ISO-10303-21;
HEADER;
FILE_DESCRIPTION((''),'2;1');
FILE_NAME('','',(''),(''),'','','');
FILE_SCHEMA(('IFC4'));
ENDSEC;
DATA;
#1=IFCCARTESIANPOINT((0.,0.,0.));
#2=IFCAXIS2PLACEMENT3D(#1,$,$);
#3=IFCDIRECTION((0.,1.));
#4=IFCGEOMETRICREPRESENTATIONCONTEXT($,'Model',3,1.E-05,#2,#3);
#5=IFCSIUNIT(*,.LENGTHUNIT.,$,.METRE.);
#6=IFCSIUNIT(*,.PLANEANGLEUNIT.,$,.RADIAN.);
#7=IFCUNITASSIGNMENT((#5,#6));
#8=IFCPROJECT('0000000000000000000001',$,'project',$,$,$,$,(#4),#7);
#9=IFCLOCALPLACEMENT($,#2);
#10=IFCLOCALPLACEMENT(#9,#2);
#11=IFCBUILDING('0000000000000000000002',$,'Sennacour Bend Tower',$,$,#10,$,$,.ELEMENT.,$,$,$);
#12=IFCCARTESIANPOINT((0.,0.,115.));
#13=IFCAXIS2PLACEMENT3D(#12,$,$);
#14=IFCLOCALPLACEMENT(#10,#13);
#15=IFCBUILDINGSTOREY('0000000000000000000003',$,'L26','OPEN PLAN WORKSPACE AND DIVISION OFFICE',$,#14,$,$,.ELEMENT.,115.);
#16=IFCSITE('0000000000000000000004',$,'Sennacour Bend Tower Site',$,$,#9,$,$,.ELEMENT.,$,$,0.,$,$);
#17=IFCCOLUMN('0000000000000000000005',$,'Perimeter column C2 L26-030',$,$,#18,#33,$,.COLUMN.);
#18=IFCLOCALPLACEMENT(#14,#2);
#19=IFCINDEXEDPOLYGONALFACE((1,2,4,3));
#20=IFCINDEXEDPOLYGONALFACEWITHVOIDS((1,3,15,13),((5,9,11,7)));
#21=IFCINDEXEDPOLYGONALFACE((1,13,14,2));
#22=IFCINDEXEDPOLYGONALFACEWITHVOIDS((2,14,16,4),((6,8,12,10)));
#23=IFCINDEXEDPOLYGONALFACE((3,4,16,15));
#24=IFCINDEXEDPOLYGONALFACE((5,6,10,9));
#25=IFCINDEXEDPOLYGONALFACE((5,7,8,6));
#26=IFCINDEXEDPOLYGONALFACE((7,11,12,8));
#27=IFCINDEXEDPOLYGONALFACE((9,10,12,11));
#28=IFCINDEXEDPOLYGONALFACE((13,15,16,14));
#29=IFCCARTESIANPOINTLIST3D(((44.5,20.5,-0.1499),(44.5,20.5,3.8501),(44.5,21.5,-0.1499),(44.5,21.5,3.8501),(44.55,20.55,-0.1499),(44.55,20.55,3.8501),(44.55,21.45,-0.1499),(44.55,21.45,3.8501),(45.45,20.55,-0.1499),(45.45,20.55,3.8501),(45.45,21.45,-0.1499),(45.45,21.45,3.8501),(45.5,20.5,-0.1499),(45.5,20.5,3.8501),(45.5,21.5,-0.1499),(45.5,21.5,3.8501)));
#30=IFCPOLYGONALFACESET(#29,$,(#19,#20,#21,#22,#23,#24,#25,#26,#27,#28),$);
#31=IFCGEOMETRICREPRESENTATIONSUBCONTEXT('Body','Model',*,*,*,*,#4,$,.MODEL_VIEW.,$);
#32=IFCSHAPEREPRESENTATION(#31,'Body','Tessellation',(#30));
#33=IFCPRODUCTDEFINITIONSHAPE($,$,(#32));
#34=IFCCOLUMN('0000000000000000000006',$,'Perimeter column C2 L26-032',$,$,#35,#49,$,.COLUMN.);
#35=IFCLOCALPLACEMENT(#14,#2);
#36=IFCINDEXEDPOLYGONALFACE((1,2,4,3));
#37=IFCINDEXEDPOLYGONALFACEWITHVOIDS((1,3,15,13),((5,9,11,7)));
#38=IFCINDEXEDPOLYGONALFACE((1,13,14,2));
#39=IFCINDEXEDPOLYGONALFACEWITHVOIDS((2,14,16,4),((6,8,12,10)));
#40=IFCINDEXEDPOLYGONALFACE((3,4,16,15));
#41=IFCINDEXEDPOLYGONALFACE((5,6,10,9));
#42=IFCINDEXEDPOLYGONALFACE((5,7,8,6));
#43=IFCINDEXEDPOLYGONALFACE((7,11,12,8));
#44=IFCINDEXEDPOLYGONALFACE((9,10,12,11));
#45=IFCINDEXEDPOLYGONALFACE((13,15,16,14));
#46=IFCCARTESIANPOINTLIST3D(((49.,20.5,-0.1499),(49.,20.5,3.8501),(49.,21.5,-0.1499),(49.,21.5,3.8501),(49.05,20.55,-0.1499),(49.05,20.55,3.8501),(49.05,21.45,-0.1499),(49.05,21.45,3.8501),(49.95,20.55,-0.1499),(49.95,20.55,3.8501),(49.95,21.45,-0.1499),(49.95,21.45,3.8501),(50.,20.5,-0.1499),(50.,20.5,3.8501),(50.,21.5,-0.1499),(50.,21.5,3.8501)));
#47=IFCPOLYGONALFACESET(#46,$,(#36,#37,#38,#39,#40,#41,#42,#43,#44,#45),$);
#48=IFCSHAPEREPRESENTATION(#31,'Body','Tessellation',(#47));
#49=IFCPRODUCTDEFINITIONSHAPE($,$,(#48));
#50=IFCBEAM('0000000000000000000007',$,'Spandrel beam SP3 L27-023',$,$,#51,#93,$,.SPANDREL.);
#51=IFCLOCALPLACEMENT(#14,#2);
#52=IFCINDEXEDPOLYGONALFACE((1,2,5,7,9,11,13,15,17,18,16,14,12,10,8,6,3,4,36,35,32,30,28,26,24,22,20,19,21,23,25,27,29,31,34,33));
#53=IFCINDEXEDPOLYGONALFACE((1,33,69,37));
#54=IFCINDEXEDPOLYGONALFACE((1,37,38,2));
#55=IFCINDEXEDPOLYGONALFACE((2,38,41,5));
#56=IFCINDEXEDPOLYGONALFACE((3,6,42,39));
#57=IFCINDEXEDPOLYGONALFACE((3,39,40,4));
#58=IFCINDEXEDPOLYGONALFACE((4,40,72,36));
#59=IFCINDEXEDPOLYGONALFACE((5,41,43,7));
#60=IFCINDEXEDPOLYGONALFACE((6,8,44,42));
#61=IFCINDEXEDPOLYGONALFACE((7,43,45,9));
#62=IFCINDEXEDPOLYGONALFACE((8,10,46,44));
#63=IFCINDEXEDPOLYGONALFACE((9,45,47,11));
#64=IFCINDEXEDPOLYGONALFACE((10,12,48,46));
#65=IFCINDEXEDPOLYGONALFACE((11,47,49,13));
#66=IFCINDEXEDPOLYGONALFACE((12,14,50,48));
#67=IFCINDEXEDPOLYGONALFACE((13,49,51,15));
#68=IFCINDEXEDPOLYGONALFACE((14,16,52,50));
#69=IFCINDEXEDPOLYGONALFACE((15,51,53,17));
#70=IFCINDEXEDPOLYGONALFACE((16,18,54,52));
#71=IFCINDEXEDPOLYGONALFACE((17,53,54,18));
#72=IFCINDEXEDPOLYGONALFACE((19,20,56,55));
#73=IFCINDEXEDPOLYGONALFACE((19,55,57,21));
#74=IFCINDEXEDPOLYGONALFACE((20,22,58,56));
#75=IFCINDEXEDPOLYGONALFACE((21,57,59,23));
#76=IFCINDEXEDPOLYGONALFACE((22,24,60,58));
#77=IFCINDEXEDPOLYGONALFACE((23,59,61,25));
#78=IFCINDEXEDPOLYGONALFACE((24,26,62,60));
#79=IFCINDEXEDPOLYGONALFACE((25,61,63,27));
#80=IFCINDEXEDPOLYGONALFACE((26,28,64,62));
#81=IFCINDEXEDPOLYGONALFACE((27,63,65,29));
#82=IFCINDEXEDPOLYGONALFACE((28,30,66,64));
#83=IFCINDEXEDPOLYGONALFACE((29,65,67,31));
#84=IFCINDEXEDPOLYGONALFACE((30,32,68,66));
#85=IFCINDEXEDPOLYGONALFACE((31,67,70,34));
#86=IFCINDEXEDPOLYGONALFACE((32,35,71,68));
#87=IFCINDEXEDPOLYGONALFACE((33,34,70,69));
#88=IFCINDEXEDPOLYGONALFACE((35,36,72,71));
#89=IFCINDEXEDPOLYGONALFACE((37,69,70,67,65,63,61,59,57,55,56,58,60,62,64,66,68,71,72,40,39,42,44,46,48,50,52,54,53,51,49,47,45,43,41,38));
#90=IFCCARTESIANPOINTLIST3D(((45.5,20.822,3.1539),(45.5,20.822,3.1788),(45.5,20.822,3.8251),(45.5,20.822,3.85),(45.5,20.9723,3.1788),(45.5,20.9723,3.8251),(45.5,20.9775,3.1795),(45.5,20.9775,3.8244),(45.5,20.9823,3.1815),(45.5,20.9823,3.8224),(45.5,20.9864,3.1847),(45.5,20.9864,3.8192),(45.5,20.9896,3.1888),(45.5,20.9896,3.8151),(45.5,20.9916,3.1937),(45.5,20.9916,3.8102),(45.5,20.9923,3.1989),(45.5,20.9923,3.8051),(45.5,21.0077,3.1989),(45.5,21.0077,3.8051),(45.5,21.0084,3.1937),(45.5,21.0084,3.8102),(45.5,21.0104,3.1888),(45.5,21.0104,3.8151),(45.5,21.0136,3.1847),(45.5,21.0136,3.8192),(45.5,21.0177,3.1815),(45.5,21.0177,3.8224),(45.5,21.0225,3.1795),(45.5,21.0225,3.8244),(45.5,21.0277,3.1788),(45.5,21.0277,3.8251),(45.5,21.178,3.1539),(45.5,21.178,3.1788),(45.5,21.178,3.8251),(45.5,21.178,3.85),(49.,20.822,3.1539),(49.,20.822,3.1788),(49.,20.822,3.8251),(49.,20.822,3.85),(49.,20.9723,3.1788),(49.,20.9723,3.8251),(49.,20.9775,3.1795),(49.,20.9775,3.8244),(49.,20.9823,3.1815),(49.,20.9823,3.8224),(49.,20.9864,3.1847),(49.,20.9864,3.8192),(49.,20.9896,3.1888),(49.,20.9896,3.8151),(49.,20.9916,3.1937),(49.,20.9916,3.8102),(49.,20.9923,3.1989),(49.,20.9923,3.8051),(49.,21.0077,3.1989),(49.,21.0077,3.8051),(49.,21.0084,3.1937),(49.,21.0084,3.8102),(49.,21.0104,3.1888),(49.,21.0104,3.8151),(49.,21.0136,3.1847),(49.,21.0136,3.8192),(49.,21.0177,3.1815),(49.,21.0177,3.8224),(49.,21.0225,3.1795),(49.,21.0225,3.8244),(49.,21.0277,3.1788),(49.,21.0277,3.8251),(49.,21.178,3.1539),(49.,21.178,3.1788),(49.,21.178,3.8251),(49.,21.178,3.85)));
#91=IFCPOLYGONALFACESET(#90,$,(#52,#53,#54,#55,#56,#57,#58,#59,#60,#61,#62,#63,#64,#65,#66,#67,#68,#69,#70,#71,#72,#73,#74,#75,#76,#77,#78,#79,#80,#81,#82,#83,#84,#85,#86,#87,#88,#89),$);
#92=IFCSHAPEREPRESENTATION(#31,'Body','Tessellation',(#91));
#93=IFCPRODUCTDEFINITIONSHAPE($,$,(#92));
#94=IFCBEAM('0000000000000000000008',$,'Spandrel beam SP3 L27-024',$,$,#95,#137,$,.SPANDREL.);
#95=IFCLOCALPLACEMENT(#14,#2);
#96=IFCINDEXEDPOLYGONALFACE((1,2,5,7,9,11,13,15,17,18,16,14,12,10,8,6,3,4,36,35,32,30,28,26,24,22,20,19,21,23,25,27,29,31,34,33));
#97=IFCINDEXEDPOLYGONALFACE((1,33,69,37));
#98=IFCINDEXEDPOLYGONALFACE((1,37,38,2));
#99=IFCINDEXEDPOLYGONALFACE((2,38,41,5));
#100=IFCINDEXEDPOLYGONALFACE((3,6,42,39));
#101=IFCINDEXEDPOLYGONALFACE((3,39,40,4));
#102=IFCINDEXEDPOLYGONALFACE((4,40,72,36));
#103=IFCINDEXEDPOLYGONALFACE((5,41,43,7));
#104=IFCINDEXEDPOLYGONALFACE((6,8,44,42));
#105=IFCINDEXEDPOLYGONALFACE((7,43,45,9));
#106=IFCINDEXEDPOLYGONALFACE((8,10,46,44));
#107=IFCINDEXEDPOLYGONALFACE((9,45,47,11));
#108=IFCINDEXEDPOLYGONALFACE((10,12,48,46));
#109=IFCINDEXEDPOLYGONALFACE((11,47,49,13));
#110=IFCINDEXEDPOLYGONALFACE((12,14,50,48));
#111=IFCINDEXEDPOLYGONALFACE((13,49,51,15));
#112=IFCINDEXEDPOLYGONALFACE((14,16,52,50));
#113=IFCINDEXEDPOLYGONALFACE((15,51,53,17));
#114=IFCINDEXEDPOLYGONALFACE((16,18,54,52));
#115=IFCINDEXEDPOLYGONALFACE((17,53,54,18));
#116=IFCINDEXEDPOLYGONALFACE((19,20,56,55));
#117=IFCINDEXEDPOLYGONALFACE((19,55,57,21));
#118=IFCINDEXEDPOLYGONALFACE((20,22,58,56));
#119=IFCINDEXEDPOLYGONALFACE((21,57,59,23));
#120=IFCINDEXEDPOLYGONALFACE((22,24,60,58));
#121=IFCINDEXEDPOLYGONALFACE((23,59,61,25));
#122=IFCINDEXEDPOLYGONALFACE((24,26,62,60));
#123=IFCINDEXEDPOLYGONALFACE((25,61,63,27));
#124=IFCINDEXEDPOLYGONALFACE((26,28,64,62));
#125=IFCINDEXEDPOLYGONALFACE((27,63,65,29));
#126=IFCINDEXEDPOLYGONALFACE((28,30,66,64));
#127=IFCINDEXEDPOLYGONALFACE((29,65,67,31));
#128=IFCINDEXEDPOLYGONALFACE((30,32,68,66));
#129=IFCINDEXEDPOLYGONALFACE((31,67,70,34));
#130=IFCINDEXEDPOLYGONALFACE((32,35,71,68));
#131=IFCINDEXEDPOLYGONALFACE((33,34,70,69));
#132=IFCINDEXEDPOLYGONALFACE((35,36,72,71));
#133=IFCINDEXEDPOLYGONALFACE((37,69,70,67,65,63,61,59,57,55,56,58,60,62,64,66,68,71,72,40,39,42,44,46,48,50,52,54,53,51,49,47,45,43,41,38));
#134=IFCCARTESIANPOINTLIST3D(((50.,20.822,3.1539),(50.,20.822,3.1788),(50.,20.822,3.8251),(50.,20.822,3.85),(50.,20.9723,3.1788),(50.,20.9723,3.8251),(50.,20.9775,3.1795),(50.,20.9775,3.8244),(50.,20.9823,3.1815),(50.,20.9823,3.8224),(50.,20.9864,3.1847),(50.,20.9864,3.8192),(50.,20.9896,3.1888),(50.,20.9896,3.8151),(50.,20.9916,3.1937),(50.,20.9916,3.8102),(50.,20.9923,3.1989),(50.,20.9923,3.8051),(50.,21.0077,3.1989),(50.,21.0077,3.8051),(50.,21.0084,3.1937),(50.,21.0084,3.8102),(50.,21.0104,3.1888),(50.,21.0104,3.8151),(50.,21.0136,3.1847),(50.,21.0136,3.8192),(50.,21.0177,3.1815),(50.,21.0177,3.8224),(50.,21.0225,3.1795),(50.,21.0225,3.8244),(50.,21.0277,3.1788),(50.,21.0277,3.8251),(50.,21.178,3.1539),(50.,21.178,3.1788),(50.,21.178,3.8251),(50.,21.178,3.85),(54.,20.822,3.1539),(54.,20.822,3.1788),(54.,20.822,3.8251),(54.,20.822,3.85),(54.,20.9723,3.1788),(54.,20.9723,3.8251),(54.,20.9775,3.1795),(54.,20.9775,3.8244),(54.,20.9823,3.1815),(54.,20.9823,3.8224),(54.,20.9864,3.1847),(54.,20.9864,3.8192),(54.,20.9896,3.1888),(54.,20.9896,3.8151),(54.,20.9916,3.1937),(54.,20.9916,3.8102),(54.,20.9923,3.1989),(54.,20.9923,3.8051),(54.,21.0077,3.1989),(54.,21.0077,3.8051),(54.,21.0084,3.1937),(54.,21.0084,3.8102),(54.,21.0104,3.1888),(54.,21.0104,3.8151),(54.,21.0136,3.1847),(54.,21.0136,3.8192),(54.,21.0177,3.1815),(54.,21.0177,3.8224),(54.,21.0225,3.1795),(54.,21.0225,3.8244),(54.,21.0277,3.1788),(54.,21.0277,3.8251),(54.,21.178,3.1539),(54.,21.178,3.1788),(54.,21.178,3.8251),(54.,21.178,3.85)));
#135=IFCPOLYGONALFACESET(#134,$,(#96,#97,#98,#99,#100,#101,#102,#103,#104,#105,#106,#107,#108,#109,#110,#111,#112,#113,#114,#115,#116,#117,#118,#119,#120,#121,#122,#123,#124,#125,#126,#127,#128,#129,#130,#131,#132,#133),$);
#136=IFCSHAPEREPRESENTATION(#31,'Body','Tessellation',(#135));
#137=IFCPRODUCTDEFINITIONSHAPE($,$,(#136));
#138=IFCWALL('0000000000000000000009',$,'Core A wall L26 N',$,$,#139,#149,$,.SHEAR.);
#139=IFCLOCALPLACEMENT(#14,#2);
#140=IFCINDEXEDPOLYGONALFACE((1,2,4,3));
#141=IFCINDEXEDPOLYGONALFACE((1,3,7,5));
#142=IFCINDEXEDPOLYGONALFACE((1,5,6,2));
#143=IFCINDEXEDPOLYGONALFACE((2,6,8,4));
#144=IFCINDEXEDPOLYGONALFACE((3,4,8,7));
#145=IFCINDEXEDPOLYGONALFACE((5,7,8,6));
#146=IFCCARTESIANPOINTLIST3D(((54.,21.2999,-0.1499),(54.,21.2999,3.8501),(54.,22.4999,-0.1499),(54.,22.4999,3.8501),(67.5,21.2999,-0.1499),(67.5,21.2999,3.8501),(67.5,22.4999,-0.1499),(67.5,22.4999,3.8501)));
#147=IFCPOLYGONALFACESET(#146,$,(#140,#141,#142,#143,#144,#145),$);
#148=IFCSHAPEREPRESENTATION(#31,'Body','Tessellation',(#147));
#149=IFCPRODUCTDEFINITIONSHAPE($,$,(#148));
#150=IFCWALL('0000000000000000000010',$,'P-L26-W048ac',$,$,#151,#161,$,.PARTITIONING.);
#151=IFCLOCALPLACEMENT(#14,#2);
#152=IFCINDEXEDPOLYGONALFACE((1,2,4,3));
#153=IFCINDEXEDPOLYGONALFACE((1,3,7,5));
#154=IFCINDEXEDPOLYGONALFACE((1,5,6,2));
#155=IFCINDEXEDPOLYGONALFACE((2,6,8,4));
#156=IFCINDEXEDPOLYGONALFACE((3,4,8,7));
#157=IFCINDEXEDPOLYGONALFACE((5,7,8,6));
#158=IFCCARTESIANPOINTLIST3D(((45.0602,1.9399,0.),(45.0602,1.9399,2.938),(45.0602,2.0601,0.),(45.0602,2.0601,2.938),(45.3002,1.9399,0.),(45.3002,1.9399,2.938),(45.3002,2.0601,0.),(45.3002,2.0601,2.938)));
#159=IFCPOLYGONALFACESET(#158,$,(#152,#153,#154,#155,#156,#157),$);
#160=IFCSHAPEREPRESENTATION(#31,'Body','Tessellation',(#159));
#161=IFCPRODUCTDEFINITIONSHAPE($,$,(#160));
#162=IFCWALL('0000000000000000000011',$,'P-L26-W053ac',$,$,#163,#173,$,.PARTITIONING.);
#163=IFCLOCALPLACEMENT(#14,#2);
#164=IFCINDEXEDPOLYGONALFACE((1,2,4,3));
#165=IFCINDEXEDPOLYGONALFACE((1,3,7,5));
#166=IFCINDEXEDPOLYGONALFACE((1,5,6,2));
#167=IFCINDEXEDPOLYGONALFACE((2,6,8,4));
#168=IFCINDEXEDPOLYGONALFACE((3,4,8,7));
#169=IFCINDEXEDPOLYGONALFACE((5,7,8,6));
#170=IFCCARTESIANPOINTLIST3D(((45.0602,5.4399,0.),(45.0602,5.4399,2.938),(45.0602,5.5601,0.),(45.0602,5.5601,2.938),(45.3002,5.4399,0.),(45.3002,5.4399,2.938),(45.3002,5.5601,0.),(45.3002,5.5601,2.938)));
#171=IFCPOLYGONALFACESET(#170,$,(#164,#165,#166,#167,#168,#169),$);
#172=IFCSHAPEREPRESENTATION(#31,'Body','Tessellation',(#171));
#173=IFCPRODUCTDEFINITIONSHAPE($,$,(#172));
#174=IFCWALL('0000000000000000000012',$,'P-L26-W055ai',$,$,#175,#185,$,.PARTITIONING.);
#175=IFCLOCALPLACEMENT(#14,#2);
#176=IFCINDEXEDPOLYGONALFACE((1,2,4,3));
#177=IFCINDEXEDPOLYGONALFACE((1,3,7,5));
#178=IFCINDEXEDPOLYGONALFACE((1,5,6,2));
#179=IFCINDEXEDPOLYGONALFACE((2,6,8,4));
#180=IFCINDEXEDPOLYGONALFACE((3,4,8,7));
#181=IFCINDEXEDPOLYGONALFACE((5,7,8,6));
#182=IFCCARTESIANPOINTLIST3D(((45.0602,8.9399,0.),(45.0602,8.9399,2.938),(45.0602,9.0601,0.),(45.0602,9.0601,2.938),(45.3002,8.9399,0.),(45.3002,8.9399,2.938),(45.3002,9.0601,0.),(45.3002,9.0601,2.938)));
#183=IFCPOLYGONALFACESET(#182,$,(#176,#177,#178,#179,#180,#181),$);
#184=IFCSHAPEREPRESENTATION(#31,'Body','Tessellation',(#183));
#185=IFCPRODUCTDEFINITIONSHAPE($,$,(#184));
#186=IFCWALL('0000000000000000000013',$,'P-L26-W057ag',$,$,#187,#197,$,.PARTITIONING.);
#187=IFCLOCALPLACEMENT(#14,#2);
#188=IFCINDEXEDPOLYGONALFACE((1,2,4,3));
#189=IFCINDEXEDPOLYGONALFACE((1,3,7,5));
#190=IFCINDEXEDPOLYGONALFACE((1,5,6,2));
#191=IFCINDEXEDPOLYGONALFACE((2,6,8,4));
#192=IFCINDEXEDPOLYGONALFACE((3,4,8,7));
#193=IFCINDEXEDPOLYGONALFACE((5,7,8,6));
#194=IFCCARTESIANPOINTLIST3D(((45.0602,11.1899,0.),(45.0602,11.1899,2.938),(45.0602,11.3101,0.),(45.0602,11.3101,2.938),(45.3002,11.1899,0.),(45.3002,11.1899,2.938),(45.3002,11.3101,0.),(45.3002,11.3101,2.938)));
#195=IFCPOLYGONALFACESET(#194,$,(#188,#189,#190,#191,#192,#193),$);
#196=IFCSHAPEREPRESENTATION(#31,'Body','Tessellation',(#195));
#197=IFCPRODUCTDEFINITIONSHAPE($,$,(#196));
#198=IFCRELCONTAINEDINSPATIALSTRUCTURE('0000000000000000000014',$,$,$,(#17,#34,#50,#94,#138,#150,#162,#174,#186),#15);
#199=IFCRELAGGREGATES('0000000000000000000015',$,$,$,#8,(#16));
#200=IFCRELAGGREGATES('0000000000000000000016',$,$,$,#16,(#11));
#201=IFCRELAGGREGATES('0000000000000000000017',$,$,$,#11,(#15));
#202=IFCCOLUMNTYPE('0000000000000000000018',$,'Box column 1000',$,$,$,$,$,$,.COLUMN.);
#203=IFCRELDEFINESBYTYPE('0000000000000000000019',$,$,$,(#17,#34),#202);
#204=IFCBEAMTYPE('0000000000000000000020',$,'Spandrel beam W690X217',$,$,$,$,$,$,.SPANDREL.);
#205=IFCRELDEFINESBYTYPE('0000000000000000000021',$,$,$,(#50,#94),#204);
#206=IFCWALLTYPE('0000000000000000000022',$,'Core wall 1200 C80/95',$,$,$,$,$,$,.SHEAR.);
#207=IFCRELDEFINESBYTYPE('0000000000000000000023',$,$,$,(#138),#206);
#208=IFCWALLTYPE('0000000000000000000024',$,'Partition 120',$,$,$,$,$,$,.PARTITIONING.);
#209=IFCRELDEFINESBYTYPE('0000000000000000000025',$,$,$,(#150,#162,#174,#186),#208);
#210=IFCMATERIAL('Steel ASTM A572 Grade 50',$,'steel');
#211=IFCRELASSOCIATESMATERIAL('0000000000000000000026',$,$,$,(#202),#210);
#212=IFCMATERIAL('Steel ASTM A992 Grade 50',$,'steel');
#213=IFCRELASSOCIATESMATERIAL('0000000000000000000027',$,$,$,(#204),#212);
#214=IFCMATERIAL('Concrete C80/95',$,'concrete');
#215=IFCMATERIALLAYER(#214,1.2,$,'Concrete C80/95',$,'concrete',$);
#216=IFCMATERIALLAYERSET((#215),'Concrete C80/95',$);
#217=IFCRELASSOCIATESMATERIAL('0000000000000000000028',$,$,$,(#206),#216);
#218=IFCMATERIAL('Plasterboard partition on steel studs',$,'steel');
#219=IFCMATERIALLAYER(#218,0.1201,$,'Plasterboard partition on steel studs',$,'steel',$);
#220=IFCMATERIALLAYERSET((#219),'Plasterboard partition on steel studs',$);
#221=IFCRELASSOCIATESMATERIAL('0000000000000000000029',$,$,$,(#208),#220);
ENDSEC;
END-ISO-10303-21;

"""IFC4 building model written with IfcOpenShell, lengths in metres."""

from ifc_helpers import new_model, si_unit, direction, frame, frame_2d, origin, origin_2d, place, context, subcontext, project, spatial, rectangle, hollow_rectangle, i_section, extrude, material, layer, layer_set, material_profile, profile_set, type_object, element, save


model = new_model("IFC4")

# Units and contexts
model_context = context("Model", 3, precision=1e-05, world=origin(), true_north=direction((0.0, 1.0)))
body_context = subcontext(model_context, "Body", "Model", "MODEL_VIEW")
ifc_project = project(units=[si_unit("LENGTHUNIT", "METRE"), si_unit("PLANEANGLEUNIT", "RADIAN")], contexts=[model_context])

# Site, building, storey
site_placement = place(None, origin())
site = spatial("IfcSite", under=ifc_project, at=site_placement, Name="Sennacour Bend Tower Site", CompositionType="ELEMENT", RefElevation=0.0)
building_placement = place(site_placement, origin())
building = spatial("IfcBuilding", under=site, at=building_placement, Name="Sennacour Bend Tower", CompositionType="ELEMENT")
storey_placement = place(building_placement, frame((0.0, 0.0, 115.0)))
storey = spatial("IfcBuildingStorey", under=building, at=storey_placement, Name="L26", Description="OPEN PLAN WORKSPACE AND DIVISION OFFICE", CompositionType="ELEMENT", Elevation=115.0)

# Columns
ifc_material_1 = material(Name="Steel ASTM A572 Grade 50", Category="steel")
ifc_material_profile_1 = material_profile(ifc_material_1, hollow_rectangle(XDim=1.0, YDim=1.0, WallThickness=0.05, at=origin_2d()), Name="Steel ASTM A572 Grade 50", Category="steel")
ifc_profile_set_1 = profile_set([ifc_material_profile_1], Name="Steel ASTM A572 Grade 50")
column_type = type_object("IfcColumnType", Name="Box column 1000", PredefinedType="COLUMN", material=ifc_profile_set_1)
for number, where, z_axis, x_axis, name in (
    (1, (45.0, 21.0, -0.1499), (0.0, 0.0, 1.0), (1.0, 0.0, 0.0), "Perimeter column C2 L26-030"),
    (2, (49.5, 21.0, -0.1499), (0.0, 0.0, 1.0), (1.0, 0.0, 0.0), "Perimeter column C2 L26-032"),
):
    element("IfcColumn", number, at=place(storey_placement, frame(where, z_axis=z_axis, x_axis=x_axis)), inside=storey, type_object=column_type, Name=name, PredefinedType="COLUMN", context=body_context, shape_type="SweptSolid", body=[
        extrude(hollow_rectangle(XDim=1.0, YDim=1.0, WallThickness=0.05, at=origin_2d()), origin(), (0.0, 0.0, 1.0), 4.0),
    ])

# Beams
ifc_material_2 = material(Name="Steel ASTM A992 Grade 50", Category="steel")
ifc_material_profile_2 = material_profile(ifc_material_2, i_section(OverallWidth=0.356, OverallDepth=0.696, WebThickness=0.0154, FlangeThickness=0.0249, FilletRadius=0.02, at=origin_2d()), Name="Steel ASTM A992 Grade 50", Category="steel")
ifc_profile_set_2 = profile_set([ifc_material_profile_2], Name="Steel ASTM A992 Grade 50")
beam_type = type_object("IfcBeamType", Name="Spandrel beam W690X217", PredefinedType="SPANDREL", material=ifc_profile_set_2)
beam_1_placement = place(storey_placement, frame((45.5, 21.0, 3.502), z_axis=(1.0, 0.0, 0.0), x_axis=(0.0, 1.0, 0.0)))
element("IfcBeam", 3, at=beam_1_placement, inside=storey, type_object=beam_type, Name="Spandrel beam SP3 L27-023", PredefinedType="SPANDREL", context=body_context, shape_type="SweptSolid", body=[
    extrude(i_section(OverallWidth=0.356, OverallDepth=0.696, WebThickness=0.0154, FlangeThickness=0.0249, FilletRadius=0.02, at=origin_2d()), origin(), (0.0, 0.0, 1.0), 3.5),
])
beam_2_placement = place(storey_placement, frame((50.0, 21.0, 3.502), z_axis=(1.0, 0.0, 0.0), x_axis=(0.0, 1.0, 0.0)))
element("IfcBeam", 4, at=beam_2_placement, inside=storey, type_object=beam_type, Name="Spandrel beam SP3 L27-024", PredefinedType="SPANDREL", context=body_context, shape_type="SweptSolid", body=[
    extrude(i_section(OverallWidth=0.356, OverallDepth=0.696, WebThickness=0.0154, FlangeThickness=0.0249, FilletRadius=0.02, at=origin_2d()), origin(), (0.0, 0.0, 1.0), 4.0),
])

# Walls
ifc_material_3 = material(Name="Concrete C80/95", Category="concrete")
ifc_layer_1 = layer(ifc_material_3, 1.2, Name="Concrete C80/95", Category="concrete")
ifc_layer_set_1 = layer_set([ifc_layer_1], Name="Concrete C80/95")
wall_type_1 = type_object("IfcWallType", Name="Core wall 1200 C80/95", PredefinedType="SHEAR", material=ifc_layer_set_1)
wall_1_placement = place(storey_placement, frame((54.0, 21.8999, -0.1499), z_axis=(0.0, 0.0, 1.0), x_axis=(1.0, 0.0, 0.0)))
element("IfcWall", 5, at=wall_1_placement, inside=storey, type_object=wall_type_1, Name="Core A wall L26 N", PredefinedType="SHEAR", context=body_context, shape_type="SweptSolid", body=[
    extrude(rectangle(XDim=13.5, YDim=1.2, at=frame_2d((6.75, 0.0))), origin(), (0.0, 0.0, 1.0), 4.0),
])
ifc_material_4 = material(Name="Plasterboard partition on steel studs", Category="steel")
ifc_layer_2 = layer(ifc_material_4, 0.1201, Name="Plasterboard partition on steel studs", Category="steel")
ifc_layer_set_2 = layer_set([ifc_layer_2], Name="Plasterboard partition on steel studs")
wall_type_2 = type_object("IfcWallType", Name="Partition 120", PredefinedType="PARTITIONING", material=ifc_layer_set_2)
for number, where, z_axis, x_axis, name in (
    (6, (45.0601, 2.0, 0.0), (0.0, 0.0, 1.0), (1.0, 0.0, 0.0), "P-L26-W048ac"),
    (7, (45.0601, 5.5, 0.0), (0.0, 0.0, 1.0), (1.0, 0.0, 0.0), "P-L26-W053ac"),
    (8, (45.0601, 9.0, 0.0), (0.0, 0.0, 1.0), (1.0, 0.0, 0.0), "P-L26-W055ai"),
    (9, (45.0601, 11.25, 0.0), (0.0, 0.0, 1.0), (1.0, 0.0, 0.0), "P-L26-W057ag"),
):
    element("IfcWall", number, at=place(storey_placement, frame(where, z_axis=z_axis, x_axis=x_axis)), inside=storey, type_object=wall_type_2, Name=name, PredefinedType="PARTITIONING", context=body_context, shape_type="SweptSolid", body=[
        extrude(rectangle(XDim=0.24, YDim=0.1201, at=frame_2d((0.1201, 0.0))), origin(), (0.0, 0.0, 1.0), 2.938),
    ])

save(model, "model.ifc")
